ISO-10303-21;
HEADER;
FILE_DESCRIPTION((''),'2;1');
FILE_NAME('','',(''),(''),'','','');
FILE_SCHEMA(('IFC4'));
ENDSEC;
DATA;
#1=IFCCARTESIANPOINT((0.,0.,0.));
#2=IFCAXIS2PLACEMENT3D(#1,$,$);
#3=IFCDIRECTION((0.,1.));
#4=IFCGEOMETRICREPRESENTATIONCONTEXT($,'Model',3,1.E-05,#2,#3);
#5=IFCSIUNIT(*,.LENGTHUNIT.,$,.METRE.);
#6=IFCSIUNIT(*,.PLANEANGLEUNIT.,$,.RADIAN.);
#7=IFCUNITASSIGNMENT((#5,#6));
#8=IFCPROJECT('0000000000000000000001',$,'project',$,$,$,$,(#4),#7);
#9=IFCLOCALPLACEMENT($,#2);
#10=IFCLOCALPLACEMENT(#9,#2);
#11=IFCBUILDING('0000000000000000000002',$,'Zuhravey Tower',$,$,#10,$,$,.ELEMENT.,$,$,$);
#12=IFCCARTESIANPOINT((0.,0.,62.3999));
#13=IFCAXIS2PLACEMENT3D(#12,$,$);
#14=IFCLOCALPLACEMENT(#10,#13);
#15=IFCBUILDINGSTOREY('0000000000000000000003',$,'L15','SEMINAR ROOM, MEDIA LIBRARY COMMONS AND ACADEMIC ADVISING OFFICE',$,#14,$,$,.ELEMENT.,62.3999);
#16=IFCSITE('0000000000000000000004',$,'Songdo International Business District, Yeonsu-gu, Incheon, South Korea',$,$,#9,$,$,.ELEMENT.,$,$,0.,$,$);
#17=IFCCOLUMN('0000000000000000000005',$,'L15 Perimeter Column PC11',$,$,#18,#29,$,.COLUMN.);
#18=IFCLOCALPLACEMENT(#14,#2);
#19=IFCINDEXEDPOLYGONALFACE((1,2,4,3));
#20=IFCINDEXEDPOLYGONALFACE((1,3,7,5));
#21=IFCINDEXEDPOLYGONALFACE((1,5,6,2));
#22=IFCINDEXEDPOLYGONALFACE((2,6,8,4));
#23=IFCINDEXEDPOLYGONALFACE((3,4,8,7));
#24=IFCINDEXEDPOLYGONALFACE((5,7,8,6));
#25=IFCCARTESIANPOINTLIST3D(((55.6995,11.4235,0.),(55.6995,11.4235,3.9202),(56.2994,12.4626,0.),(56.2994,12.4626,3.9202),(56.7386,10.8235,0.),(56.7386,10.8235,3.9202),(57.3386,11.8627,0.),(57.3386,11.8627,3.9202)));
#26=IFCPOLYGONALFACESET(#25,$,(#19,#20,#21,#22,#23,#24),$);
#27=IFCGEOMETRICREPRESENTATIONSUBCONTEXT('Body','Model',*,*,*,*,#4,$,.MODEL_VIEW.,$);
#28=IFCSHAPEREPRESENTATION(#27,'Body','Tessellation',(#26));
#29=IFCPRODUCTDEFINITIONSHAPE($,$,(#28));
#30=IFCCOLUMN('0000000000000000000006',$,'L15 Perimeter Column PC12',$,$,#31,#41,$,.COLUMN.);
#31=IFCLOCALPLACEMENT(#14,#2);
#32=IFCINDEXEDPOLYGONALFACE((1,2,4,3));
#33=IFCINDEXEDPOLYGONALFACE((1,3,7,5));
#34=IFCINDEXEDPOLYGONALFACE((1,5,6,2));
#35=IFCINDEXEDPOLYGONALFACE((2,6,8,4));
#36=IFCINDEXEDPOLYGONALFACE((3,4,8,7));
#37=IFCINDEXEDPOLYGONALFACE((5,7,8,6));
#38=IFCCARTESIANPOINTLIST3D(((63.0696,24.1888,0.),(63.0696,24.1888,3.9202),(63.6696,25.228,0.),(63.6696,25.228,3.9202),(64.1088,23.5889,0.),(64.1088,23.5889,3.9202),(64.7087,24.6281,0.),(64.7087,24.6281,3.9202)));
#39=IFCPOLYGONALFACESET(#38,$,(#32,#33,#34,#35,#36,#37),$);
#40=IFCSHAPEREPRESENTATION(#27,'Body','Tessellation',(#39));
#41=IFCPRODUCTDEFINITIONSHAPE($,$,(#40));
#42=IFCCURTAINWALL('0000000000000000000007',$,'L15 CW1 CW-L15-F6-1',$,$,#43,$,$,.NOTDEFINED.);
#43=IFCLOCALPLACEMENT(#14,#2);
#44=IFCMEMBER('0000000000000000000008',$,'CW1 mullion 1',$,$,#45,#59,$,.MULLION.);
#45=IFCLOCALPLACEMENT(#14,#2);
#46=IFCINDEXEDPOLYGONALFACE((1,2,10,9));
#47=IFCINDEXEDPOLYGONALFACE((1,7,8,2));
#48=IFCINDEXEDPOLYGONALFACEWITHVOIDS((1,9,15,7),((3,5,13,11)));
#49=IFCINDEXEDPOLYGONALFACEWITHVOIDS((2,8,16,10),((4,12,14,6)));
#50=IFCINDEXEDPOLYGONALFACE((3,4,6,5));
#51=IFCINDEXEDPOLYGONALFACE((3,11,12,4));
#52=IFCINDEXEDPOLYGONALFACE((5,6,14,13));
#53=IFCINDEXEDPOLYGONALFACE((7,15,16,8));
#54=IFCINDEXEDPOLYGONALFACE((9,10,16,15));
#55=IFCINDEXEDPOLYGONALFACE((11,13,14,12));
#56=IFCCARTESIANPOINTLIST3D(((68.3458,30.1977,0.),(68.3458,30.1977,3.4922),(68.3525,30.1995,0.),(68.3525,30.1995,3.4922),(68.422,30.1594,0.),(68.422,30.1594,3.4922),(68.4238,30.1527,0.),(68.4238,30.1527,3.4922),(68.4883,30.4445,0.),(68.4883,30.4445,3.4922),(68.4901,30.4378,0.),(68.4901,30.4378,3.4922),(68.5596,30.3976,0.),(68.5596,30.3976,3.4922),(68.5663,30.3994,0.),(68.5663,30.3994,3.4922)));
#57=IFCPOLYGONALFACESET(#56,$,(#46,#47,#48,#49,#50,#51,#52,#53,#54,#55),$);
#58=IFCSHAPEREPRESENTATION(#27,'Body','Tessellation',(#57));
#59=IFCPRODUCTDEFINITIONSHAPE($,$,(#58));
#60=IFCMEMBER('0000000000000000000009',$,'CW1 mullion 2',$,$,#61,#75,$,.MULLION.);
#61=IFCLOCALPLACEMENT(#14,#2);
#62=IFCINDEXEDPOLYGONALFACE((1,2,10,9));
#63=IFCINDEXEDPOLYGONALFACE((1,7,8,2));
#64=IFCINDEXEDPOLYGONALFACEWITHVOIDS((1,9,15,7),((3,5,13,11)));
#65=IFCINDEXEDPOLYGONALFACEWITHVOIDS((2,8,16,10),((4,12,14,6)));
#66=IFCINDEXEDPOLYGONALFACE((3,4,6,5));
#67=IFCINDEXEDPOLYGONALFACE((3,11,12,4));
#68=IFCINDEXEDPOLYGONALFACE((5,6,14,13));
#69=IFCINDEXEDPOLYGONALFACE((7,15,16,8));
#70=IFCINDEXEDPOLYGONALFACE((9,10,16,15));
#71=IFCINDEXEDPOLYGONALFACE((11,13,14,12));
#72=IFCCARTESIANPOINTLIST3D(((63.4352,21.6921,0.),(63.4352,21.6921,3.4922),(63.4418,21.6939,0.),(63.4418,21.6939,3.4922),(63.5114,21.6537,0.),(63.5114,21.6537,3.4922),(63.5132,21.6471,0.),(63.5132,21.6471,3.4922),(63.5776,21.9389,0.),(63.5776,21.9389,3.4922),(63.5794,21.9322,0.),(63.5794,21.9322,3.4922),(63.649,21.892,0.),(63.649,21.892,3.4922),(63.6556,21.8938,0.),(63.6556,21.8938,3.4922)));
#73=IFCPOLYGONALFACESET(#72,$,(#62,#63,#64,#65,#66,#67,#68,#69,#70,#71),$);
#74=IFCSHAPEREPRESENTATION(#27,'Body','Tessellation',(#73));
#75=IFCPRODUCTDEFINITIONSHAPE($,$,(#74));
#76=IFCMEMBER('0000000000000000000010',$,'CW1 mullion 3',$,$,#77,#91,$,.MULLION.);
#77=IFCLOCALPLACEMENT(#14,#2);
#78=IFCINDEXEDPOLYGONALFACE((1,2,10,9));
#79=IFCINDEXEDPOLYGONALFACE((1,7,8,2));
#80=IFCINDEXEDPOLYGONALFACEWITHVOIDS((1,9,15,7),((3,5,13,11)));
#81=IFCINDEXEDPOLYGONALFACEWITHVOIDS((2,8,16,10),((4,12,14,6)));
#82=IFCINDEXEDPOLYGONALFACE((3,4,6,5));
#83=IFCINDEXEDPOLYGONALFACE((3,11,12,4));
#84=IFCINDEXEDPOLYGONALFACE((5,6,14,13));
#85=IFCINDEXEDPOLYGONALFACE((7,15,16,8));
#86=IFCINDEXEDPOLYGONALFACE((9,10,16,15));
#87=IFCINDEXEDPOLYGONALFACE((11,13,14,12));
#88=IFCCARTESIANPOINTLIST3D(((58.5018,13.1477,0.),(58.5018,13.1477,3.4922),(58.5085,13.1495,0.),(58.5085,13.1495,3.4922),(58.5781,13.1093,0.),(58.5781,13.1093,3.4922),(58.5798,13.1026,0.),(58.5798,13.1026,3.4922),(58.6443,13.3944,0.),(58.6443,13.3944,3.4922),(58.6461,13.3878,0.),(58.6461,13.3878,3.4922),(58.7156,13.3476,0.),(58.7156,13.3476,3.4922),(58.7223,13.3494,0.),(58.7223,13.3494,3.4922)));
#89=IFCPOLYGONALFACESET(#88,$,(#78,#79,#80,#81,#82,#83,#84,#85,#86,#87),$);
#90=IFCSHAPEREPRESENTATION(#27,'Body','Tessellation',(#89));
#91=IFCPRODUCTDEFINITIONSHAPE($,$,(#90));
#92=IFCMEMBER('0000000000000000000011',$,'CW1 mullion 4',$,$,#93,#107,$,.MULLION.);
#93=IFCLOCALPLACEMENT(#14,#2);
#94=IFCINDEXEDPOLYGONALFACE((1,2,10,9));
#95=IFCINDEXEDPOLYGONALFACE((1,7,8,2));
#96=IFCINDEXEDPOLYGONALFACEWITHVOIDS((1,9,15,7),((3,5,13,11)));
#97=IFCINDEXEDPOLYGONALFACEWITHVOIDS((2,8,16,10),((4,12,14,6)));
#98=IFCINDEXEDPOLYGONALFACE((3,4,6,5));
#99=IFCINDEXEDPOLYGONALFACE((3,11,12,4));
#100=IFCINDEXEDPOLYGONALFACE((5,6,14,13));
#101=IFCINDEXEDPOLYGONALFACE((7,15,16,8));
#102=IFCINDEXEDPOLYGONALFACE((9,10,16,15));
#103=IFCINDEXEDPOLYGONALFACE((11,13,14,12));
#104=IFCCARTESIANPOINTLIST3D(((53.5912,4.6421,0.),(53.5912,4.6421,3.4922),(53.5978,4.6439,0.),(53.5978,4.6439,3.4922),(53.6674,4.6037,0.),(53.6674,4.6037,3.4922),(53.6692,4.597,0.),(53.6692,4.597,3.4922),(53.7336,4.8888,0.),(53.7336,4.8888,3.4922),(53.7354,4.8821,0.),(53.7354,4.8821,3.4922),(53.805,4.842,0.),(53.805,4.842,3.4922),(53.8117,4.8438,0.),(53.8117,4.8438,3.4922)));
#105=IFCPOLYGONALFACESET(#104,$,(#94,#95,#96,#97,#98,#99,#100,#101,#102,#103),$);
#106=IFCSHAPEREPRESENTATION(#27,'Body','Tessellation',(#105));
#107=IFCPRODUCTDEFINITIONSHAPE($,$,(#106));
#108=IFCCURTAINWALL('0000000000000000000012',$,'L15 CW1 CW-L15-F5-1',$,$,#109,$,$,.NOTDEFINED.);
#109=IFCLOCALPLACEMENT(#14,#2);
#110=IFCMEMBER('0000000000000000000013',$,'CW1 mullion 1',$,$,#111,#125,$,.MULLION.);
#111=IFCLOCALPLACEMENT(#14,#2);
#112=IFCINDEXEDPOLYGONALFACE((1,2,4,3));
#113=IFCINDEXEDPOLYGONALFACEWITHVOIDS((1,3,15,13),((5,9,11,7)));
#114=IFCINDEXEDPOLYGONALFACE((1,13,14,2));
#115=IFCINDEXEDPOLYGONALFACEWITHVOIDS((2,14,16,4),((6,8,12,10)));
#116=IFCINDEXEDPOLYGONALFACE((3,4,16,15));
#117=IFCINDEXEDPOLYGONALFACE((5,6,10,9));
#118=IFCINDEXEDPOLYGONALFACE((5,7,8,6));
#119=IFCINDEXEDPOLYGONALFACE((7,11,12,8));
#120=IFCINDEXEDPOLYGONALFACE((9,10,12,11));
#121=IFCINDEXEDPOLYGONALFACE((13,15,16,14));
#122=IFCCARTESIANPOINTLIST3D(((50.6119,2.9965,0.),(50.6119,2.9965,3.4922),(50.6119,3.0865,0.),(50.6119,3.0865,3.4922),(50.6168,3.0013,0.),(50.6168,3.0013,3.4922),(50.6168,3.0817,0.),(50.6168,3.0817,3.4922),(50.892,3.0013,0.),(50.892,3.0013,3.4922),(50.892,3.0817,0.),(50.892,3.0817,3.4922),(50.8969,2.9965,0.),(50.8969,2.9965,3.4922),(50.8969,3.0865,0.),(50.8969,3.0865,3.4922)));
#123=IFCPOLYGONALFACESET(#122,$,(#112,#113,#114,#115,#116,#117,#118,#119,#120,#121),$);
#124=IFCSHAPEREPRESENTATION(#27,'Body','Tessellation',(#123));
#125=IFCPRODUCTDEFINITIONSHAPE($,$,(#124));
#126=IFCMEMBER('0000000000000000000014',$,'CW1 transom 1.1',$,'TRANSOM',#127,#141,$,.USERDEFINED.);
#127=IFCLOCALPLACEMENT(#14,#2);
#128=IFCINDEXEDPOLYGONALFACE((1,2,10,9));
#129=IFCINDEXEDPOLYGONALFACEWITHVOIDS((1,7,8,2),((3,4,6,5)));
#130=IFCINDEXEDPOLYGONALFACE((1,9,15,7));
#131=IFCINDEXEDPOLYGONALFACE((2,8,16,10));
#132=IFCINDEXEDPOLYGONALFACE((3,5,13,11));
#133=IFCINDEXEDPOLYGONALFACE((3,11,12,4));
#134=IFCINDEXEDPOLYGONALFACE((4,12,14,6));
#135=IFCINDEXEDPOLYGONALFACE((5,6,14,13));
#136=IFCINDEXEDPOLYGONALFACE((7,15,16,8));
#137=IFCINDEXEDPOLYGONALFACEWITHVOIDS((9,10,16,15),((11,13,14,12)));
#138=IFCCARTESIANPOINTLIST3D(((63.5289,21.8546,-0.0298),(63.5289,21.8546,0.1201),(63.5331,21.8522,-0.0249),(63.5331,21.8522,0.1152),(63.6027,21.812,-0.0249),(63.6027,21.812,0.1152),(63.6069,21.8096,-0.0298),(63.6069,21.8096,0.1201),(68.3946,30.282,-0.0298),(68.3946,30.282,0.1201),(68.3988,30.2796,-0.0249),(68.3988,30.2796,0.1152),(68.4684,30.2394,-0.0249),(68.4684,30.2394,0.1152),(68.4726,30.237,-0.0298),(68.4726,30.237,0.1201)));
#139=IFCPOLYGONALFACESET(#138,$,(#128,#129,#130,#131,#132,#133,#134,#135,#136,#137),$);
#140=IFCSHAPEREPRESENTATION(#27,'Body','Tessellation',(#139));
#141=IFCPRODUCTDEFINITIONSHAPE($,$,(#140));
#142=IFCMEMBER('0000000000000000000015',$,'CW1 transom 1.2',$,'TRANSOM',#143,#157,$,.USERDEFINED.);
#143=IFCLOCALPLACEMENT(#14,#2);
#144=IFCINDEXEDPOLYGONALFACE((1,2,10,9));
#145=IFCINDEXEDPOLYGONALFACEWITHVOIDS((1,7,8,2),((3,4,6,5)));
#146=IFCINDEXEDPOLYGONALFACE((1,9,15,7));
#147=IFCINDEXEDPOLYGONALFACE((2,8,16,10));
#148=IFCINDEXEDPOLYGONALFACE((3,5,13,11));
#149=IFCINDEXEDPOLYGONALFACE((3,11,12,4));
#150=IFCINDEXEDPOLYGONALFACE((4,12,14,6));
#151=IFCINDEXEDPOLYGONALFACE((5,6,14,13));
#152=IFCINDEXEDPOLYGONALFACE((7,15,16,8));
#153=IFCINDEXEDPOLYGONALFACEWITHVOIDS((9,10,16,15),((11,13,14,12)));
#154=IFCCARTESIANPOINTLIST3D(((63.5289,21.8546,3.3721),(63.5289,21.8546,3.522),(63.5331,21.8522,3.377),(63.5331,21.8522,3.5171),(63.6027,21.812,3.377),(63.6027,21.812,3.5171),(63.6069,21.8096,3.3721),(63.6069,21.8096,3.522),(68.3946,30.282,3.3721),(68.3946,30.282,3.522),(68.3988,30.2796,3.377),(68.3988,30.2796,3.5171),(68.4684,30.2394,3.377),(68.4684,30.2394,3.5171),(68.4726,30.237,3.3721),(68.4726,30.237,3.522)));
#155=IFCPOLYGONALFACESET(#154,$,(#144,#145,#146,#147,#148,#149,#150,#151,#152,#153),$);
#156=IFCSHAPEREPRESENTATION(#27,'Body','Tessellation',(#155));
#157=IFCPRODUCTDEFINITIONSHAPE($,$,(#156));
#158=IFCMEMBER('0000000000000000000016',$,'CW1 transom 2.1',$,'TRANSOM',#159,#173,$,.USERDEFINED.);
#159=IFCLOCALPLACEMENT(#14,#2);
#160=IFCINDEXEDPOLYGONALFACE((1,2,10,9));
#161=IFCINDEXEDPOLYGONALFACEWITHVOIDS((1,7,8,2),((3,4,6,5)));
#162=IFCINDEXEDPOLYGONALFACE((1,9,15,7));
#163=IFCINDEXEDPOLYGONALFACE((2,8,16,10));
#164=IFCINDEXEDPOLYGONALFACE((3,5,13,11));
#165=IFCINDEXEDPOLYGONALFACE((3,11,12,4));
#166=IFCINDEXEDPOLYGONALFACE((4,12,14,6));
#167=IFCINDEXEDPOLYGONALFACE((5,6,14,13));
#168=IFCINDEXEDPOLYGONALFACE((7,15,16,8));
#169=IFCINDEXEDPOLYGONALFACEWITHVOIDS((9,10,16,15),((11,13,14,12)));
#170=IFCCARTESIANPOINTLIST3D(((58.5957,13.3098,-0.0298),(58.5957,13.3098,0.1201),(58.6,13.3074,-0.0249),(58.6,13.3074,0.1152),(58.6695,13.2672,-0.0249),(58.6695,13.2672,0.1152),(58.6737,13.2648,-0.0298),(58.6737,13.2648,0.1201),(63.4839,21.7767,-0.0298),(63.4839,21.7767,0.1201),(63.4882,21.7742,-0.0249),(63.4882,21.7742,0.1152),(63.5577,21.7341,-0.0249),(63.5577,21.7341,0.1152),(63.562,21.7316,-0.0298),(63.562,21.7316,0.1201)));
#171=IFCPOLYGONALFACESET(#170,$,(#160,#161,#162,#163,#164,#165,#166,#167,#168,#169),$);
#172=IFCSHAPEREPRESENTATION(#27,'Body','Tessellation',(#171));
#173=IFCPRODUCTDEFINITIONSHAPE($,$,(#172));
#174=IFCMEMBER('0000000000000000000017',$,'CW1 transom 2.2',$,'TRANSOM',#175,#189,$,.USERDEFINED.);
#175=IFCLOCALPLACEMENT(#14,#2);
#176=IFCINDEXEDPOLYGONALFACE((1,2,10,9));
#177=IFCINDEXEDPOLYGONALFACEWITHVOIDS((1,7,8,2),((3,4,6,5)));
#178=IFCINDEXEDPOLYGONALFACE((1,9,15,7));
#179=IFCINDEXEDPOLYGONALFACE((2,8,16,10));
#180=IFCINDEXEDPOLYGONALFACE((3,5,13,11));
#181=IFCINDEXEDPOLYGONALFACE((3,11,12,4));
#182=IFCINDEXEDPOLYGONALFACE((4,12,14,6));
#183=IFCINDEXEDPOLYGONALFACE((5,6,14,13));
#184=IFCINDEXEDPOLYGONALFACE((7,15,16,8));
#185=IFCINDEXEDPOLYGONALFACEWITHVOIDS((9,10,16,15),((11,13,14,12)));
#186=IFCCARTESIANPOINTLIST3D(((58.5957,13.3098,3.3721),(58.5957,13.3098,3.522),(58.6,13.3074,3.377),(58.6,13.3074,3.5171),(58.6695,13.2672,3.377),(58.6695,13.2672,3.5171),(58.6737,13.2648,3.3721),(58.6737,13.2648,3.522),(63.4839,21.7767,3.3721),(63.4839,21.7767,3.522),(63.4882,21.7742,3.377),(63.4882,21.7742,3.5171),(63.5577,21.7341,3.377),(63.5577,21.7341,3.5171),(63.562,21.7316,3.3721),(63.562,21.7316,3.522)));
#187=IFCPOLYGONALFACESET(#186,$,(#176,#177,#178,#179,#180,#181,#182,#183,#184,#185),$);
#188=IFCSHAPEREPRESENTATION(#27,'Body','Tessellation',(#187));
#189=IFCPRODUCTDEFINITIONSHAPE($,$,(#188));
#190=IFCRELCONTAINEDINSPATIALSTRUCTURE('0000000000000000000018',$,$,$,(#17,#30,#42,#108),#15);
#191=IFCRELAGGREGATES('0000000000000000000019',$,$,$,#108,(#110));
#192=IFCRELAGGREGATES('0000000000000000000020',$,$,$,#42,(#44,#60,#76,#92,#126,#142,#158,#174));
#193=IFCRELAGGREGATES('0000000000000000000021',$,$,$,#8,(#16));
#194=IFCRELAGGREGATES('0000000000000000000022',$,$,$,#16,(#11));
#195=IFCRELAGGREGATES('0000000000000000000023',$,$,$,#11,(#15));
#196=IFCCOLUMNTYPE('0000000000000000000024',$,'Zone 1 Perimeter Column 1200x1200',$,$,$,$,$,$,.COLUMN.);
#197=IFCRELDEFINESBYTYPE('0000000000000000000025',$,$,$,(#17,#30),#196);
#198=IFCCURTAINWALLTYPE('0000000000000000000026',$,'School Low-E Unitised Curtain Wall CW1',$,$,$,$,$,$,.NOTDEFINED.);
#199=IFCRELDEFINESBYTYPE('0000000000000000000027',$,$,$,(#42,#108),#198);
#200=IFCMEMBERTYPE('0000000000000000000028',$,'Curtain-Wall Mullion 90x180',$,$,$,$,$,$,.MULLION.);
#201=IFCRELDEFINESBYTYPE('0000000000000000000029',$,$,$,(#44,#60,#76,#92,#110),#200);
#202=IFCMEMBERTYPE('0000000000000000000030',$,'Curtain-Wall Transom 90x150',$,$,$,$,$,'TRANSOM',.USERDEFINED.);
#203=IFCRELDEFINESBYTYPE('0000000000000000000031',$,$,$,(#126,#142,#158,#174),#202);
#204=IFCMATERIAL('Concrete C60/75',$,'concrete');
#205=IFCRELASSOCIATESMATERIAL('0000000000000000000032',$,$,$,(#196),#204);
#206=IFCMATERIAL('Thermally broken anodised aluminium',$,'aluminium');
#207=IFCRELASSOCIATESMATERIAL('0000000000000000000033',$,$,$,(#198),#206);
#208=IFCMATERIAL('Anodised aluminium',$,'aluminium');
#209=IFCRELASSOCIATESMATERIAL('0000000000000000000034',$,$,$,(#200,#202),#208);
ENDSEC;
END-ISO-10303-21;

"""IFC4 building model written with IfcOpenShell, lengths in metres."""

from ifc_helpers import new_model, si_unit, direction, frame, origin, origin_2d, place, context, subcontext, project, spatial, rectangle, hollow_rectangle, extrude, material, material_profile, profile_set, type_object, element, aggregate, save


model = new_model("IFC4")

# Units and contexts
model_context = context("Model", 3, precision=1e-05, world=origin(), true_north=direction((0.0, 1.0)))
body_context = subcontext(model_context, "Body", "Model", "MODEL_VIEW")
ifc_project = project(units=[si_unit("LENGTHUNIT", "METRE"), si_unit("PLANEANGLEUNIT", "RADIAN")], contexts=[model_context])

# Site, building, storey
site_placement = place(None, origin())
site = spatial("IfcSite", under=ifc_project, at=site_placement, Name="Songdo International Business District, Yeonsu-gu, Incheon, South Korea", CompositionType="ELEMENT", RefElevation=0.0)
building_placement = place(site_placement, origin())
building = spatial("IfcBuilding", under=site, at=building_placement, Name="Zuhravey Tower", CompositionType="ELEMENT")
storey_placement = place(building_placement, frame((0.0, 0.0, 62.3999)))
storey = spatial("IfcBuildingStorey", under=building, at=storey_placement, Name="L15", Description="SEMINAR ROOM, MEDIA LIBRARY COMMONS AND ACADEMIC ADVISING OFFICE", CompositionType="ELEMENT", Elevation=62.3999)

# Columns
ifc_material_1 = material(Name="Concrete C60/75", Category="concrete")
ifc_material_profile_1 = material_profile(ifc_material_1, rectangle(XDim=1.2, YDim=1.2, at=origin_2d()), Name="RC-1200x1200")
ifc_profile_set_1 = profile_set([ifc_material_profile_1], Name="Concrete C60/75")
column_type = type_object("IfcColumnType", Name="Zone 1 Perimeter Column 1200x1200", PredefinedType="COLUMN", material=ifc_profile_set_1)
for number, where, z_axis, x_axis, name in (
    (1, (56.519, 11.6431, 0.0), (0.0, 0.0, 1.0), (0.5, 0.866025, 0.0), "L15 Perimeter Column PC11"),
    (2, (63.8892, 24.4084, 0.0), (0.0, 0.0, 1.0), (0.5, 0.866025, 0.0), "L15 Perimeter Column PC12"),
):
    element("IfcColumn", number, at=place(storey_placement, frame(where, z_axis=z_axis, x_axis=x_axis)), inside=storey, type_object=column_type, Name=name, PredefinedType="COLUMN", context=body_context, shape_type="SweptSolid", body=[
        extrude(rectangle(XDim=1.2, YDim=1.2, at=origin_2d()), origin(), (0.0, 0.0, 1.0), 3.9202),
    ])

# Curtain wall, members
ifc_material_2 = material(Name="Thermally broken anodised aluminium", Category="aluminium")
curtain_wall_type = type_object("IfcCurtainWallType", Name="School Low-E Unitised Curtain Wall CW1", PredefinedType="NOTDEFINED", material=ifc_material_2)
curtain_wall_1_placement = place(storey_placement, origin())
curtain_wall_1 = element("IfcCurtainWall", 3, at=curtain_wall_1_placement, inside=storey, type_object=curtain_wall_type, Name="L15 CW1 CW-L15-F6-1", PredefinedType="NOTDEFINED")
ifc_material_3 = material(Name="Anodised aluminium", Category="aluminium")
ifc_material_profile_2 = material_profile(ifc_material_3, hollow_rectangle(XDim=0.0901, YDim=0.2849, WallThickness=0.0049, at=origin_2d()), Name="ALU-RHS-90x285x5")
ifc_profile_set_2 = profile_set([ifc_material_profile_2], Name="Anodised aluminium")
member_type_1 = type_object("IfcMemberType", Name="Curtain-Wall Mullion 90x180", PredefinedType="MULLION", material=ifc_profile_set_2)
member_1_placement = place(storey_placement, frame((68.4561, 30.2986, 0.0), z_axis=(0.0, 0.0, 1.0), x_axis=(0.866026, -0.5, 0.0)))
member_1 = element("IfcMember", 4, at=member_1_placement, type_object=member_type_1, Name="CW1 mullion 1", PredefinedType="MULLION", context=body_context, shape_type="SweptSolid", body=[
    extrude(hollow_rectangle(XDim=0.0901, YDim=0.2849, WallThickness=0.0049, at=origin_2d()), origin(), (0.0, 0.0, 1.0), 3.4922),
])
member_2_placement = place(storey_placement, frame((63.5454, 21.793, 0.0), z_axis=(0.0, 0.0, 1.0), x_axis=(0.866026, -0.5, 0.0)))
member_2 = element("IfcMember", 5, at=member_2_placement, type_object=member_type_1, Name="CW1 mullion 2", PredefinedType="MULLION", context=body_context, shape_type="SweptSolid", body=[
    extrude(hollow_rectangle(XDim=0.0901, YDim=0.2849, WallThickness=0.0049, at=origin_2d()), origin(), (0.0, 0.0, 1.0), 3.4922),
])
member_3_placement = place(storey_placement, frame((58.6121, 13.2485, 0.0), z_axis=(0.0, 0.0, 1.0), x_axis=(0.866026, -0.5, 0.0)))
member_3 = element("IfcMember", 6, at=member_3_placement, type_object=member_type_1, Name="CW1 mullion 3", PredefinedType="MULLION", context=body_context, shape_type="SweptSolid", body=[
    extrude(hollow_rectangle(XDim=0.0901, YDim=0.2849, WallThickness=0.0049, at=origin_2d()), origin(), (0.0, 0.0, 1.0), 3.4922),
])
member_4_placement = place(storey_placement, frame((53.7014, 4.7429, 0.0), z_axis=(0.0, 0.0, 1.0), x_axis=(0.866026, -0.5, 0.0)))
member_4 = element("IfcMember", 7, at=member_4_placement, type_object=member_type_1, Name="CW1 mullion 4", PredefinedType="MULLION", context=body_context, shape_type="SweptSolid", body=[
    extrude(hollow_rectangle(XDim=0.0901, YDim=0.2849, WallThickness=0.0049, at=origin_2d()), origin(), (0.0, 0.0, 1.0), 3.4922),
])

# Curtain wall, member
curtain_wall_2_placement = place(storey_placement, origin())
curtain_wall_2 = element("IfcCurtainWall", 8, at=curtain_wall_2_placement, inside=storey, type_object=curtain_wall_type, Name="L15 CW1 CW-L15-F5-1", PredefinedType="NOTDEFINED")
member_5_placement = place(storey_placement, frame((50.7544, 3.0415, 0.0), z_axis=(0.0, 0.0, 1.0), x_axis=(0.0, -1.0, 0.0)))
member_5 = element("IfcMember", 9, at=member_5_placement, type_object=member_type_1, Name="CW1 mullion 1", PredefinedType="MULLION", context=body_context, shape_type="SweptSolid", body=[
    extrude(hollow_rectangle(XDim=0.0901, YDim=0.2849, WallThickness=0.0049, at=origin_2d()), origin(), (0.0, 0.0, 1.0), 3.4922),
])

# Members
ifc_material_profile_3 = material_profile(ifc_material_3, hollow_rectangle(XDim=0.0901, YDim=0.1499, WallThickness=0.0049, at=origin_2d()), Name="ALU-RHS-90x150x5")
ifc_profile_set_3 = profile_set([ifc_material_profile_3], Name="Anodised aluminium")
member_type_2 = type_object("IfcMemberType", Name="Curtain-Wall Transom 90x150", ElementType="TRANSOM", PredefinedType="USERDEFINED", material=ifc_profile_set_3)
member_6_placement = place(storey_placement, frame((68.4336, 30.2595, 0.0452), z_axis=(-0.500008, -0.866021, 0.0), x_axis=(0.866021, -0.500008, 0.0)))
member_6 = element("IfcMember", 10, at=member_6_placement, type_object=member_type_2, Name="CW1 transom 1.1", ObjectType="TRANSOM", PredefinedType="USERDEFINED", context=body_context, shape_type="SweptSolid", body=[
    extrude(hollow_rectangle(XDim=0.0901, YDim=0.1499, WallThickness=0.0049, at=origin_2d()), origin(), (0.0, 0.0, 1.0), 9.7312),
])
member_7_placement = place(storey_placement, frame((68.4336, 30.2595, 3.447), z_axis=(-0.500008, -0.866021, 0.0), x_axis=(0.866021, -0.500008, 0.0)))
member_7 = element("IfcMember", 11, at=member_7_placement, type_object=member_type_2, Name="CW1 transom 1.2", ObjectType="TRANSOM", PredefinedType="USERDEFINED", context=body_context, shape_type="SweptSolid", body=[
    extrude(hollow_rectangle(XDim=0.0901, YDim=0.1499, WallThickness=0.0049, at=origin_2d()), origin(), (0.0, 0.0, 1.0), 9.7312),
])
member_8_placement = place(storey_placement, frame((63.5229, 21.7542, 0.0452), z_axis=(-0.49999, -0.866031, 0.0), x_axis=(0.866031, -0.49999, 0.0)))
member_8 = element("IfcMember", 12, at=member_8_placement, type_object=member_type_2, Name="CW1 transom 2.1", ObjectType="TRANSOM", PredefinedType="USERDEFINED", context=body_context, shape_type="SweptSolid", body=[
    extrude(hollow_rectangle(XDim=0.0901, YDim=0.1499, WallThickness=0.0049, at=origin_2d()), origin(), (0.0, 0.0, 1.0), 9.7766),
])
member_9_placement = place(storey_placement, frame((63.5229, 21.7542, 3.447), z_axis=(-0.49999, -0.866031, 0.0), x_axis=(0.866031, -0.49999, 0.0)))
member_9 = element("IfcMember", 13, at=member_9_placement, type_object=member_type_2, Name="CW1 transom 2.2", ObjectType="TRANSOM", PredefinedType="USERDEFINED", context=body_context, shape_type="SweptSolid", body=[
    extrude(hollow_rectangle(XDim=0.0901, YDim=0.1499, WallThickness=0.0049, at=origin_2d()), origin(), (0.0, 0.0, 1.0), 9.7766),
])
aggregate(curtain_wall_2, [member_5])

aggregate(curtain_wall_1, [member_1, member_2, member_3, member_4, member_6, member_7, member_8, member_9])

save(model, "model.ifc")
